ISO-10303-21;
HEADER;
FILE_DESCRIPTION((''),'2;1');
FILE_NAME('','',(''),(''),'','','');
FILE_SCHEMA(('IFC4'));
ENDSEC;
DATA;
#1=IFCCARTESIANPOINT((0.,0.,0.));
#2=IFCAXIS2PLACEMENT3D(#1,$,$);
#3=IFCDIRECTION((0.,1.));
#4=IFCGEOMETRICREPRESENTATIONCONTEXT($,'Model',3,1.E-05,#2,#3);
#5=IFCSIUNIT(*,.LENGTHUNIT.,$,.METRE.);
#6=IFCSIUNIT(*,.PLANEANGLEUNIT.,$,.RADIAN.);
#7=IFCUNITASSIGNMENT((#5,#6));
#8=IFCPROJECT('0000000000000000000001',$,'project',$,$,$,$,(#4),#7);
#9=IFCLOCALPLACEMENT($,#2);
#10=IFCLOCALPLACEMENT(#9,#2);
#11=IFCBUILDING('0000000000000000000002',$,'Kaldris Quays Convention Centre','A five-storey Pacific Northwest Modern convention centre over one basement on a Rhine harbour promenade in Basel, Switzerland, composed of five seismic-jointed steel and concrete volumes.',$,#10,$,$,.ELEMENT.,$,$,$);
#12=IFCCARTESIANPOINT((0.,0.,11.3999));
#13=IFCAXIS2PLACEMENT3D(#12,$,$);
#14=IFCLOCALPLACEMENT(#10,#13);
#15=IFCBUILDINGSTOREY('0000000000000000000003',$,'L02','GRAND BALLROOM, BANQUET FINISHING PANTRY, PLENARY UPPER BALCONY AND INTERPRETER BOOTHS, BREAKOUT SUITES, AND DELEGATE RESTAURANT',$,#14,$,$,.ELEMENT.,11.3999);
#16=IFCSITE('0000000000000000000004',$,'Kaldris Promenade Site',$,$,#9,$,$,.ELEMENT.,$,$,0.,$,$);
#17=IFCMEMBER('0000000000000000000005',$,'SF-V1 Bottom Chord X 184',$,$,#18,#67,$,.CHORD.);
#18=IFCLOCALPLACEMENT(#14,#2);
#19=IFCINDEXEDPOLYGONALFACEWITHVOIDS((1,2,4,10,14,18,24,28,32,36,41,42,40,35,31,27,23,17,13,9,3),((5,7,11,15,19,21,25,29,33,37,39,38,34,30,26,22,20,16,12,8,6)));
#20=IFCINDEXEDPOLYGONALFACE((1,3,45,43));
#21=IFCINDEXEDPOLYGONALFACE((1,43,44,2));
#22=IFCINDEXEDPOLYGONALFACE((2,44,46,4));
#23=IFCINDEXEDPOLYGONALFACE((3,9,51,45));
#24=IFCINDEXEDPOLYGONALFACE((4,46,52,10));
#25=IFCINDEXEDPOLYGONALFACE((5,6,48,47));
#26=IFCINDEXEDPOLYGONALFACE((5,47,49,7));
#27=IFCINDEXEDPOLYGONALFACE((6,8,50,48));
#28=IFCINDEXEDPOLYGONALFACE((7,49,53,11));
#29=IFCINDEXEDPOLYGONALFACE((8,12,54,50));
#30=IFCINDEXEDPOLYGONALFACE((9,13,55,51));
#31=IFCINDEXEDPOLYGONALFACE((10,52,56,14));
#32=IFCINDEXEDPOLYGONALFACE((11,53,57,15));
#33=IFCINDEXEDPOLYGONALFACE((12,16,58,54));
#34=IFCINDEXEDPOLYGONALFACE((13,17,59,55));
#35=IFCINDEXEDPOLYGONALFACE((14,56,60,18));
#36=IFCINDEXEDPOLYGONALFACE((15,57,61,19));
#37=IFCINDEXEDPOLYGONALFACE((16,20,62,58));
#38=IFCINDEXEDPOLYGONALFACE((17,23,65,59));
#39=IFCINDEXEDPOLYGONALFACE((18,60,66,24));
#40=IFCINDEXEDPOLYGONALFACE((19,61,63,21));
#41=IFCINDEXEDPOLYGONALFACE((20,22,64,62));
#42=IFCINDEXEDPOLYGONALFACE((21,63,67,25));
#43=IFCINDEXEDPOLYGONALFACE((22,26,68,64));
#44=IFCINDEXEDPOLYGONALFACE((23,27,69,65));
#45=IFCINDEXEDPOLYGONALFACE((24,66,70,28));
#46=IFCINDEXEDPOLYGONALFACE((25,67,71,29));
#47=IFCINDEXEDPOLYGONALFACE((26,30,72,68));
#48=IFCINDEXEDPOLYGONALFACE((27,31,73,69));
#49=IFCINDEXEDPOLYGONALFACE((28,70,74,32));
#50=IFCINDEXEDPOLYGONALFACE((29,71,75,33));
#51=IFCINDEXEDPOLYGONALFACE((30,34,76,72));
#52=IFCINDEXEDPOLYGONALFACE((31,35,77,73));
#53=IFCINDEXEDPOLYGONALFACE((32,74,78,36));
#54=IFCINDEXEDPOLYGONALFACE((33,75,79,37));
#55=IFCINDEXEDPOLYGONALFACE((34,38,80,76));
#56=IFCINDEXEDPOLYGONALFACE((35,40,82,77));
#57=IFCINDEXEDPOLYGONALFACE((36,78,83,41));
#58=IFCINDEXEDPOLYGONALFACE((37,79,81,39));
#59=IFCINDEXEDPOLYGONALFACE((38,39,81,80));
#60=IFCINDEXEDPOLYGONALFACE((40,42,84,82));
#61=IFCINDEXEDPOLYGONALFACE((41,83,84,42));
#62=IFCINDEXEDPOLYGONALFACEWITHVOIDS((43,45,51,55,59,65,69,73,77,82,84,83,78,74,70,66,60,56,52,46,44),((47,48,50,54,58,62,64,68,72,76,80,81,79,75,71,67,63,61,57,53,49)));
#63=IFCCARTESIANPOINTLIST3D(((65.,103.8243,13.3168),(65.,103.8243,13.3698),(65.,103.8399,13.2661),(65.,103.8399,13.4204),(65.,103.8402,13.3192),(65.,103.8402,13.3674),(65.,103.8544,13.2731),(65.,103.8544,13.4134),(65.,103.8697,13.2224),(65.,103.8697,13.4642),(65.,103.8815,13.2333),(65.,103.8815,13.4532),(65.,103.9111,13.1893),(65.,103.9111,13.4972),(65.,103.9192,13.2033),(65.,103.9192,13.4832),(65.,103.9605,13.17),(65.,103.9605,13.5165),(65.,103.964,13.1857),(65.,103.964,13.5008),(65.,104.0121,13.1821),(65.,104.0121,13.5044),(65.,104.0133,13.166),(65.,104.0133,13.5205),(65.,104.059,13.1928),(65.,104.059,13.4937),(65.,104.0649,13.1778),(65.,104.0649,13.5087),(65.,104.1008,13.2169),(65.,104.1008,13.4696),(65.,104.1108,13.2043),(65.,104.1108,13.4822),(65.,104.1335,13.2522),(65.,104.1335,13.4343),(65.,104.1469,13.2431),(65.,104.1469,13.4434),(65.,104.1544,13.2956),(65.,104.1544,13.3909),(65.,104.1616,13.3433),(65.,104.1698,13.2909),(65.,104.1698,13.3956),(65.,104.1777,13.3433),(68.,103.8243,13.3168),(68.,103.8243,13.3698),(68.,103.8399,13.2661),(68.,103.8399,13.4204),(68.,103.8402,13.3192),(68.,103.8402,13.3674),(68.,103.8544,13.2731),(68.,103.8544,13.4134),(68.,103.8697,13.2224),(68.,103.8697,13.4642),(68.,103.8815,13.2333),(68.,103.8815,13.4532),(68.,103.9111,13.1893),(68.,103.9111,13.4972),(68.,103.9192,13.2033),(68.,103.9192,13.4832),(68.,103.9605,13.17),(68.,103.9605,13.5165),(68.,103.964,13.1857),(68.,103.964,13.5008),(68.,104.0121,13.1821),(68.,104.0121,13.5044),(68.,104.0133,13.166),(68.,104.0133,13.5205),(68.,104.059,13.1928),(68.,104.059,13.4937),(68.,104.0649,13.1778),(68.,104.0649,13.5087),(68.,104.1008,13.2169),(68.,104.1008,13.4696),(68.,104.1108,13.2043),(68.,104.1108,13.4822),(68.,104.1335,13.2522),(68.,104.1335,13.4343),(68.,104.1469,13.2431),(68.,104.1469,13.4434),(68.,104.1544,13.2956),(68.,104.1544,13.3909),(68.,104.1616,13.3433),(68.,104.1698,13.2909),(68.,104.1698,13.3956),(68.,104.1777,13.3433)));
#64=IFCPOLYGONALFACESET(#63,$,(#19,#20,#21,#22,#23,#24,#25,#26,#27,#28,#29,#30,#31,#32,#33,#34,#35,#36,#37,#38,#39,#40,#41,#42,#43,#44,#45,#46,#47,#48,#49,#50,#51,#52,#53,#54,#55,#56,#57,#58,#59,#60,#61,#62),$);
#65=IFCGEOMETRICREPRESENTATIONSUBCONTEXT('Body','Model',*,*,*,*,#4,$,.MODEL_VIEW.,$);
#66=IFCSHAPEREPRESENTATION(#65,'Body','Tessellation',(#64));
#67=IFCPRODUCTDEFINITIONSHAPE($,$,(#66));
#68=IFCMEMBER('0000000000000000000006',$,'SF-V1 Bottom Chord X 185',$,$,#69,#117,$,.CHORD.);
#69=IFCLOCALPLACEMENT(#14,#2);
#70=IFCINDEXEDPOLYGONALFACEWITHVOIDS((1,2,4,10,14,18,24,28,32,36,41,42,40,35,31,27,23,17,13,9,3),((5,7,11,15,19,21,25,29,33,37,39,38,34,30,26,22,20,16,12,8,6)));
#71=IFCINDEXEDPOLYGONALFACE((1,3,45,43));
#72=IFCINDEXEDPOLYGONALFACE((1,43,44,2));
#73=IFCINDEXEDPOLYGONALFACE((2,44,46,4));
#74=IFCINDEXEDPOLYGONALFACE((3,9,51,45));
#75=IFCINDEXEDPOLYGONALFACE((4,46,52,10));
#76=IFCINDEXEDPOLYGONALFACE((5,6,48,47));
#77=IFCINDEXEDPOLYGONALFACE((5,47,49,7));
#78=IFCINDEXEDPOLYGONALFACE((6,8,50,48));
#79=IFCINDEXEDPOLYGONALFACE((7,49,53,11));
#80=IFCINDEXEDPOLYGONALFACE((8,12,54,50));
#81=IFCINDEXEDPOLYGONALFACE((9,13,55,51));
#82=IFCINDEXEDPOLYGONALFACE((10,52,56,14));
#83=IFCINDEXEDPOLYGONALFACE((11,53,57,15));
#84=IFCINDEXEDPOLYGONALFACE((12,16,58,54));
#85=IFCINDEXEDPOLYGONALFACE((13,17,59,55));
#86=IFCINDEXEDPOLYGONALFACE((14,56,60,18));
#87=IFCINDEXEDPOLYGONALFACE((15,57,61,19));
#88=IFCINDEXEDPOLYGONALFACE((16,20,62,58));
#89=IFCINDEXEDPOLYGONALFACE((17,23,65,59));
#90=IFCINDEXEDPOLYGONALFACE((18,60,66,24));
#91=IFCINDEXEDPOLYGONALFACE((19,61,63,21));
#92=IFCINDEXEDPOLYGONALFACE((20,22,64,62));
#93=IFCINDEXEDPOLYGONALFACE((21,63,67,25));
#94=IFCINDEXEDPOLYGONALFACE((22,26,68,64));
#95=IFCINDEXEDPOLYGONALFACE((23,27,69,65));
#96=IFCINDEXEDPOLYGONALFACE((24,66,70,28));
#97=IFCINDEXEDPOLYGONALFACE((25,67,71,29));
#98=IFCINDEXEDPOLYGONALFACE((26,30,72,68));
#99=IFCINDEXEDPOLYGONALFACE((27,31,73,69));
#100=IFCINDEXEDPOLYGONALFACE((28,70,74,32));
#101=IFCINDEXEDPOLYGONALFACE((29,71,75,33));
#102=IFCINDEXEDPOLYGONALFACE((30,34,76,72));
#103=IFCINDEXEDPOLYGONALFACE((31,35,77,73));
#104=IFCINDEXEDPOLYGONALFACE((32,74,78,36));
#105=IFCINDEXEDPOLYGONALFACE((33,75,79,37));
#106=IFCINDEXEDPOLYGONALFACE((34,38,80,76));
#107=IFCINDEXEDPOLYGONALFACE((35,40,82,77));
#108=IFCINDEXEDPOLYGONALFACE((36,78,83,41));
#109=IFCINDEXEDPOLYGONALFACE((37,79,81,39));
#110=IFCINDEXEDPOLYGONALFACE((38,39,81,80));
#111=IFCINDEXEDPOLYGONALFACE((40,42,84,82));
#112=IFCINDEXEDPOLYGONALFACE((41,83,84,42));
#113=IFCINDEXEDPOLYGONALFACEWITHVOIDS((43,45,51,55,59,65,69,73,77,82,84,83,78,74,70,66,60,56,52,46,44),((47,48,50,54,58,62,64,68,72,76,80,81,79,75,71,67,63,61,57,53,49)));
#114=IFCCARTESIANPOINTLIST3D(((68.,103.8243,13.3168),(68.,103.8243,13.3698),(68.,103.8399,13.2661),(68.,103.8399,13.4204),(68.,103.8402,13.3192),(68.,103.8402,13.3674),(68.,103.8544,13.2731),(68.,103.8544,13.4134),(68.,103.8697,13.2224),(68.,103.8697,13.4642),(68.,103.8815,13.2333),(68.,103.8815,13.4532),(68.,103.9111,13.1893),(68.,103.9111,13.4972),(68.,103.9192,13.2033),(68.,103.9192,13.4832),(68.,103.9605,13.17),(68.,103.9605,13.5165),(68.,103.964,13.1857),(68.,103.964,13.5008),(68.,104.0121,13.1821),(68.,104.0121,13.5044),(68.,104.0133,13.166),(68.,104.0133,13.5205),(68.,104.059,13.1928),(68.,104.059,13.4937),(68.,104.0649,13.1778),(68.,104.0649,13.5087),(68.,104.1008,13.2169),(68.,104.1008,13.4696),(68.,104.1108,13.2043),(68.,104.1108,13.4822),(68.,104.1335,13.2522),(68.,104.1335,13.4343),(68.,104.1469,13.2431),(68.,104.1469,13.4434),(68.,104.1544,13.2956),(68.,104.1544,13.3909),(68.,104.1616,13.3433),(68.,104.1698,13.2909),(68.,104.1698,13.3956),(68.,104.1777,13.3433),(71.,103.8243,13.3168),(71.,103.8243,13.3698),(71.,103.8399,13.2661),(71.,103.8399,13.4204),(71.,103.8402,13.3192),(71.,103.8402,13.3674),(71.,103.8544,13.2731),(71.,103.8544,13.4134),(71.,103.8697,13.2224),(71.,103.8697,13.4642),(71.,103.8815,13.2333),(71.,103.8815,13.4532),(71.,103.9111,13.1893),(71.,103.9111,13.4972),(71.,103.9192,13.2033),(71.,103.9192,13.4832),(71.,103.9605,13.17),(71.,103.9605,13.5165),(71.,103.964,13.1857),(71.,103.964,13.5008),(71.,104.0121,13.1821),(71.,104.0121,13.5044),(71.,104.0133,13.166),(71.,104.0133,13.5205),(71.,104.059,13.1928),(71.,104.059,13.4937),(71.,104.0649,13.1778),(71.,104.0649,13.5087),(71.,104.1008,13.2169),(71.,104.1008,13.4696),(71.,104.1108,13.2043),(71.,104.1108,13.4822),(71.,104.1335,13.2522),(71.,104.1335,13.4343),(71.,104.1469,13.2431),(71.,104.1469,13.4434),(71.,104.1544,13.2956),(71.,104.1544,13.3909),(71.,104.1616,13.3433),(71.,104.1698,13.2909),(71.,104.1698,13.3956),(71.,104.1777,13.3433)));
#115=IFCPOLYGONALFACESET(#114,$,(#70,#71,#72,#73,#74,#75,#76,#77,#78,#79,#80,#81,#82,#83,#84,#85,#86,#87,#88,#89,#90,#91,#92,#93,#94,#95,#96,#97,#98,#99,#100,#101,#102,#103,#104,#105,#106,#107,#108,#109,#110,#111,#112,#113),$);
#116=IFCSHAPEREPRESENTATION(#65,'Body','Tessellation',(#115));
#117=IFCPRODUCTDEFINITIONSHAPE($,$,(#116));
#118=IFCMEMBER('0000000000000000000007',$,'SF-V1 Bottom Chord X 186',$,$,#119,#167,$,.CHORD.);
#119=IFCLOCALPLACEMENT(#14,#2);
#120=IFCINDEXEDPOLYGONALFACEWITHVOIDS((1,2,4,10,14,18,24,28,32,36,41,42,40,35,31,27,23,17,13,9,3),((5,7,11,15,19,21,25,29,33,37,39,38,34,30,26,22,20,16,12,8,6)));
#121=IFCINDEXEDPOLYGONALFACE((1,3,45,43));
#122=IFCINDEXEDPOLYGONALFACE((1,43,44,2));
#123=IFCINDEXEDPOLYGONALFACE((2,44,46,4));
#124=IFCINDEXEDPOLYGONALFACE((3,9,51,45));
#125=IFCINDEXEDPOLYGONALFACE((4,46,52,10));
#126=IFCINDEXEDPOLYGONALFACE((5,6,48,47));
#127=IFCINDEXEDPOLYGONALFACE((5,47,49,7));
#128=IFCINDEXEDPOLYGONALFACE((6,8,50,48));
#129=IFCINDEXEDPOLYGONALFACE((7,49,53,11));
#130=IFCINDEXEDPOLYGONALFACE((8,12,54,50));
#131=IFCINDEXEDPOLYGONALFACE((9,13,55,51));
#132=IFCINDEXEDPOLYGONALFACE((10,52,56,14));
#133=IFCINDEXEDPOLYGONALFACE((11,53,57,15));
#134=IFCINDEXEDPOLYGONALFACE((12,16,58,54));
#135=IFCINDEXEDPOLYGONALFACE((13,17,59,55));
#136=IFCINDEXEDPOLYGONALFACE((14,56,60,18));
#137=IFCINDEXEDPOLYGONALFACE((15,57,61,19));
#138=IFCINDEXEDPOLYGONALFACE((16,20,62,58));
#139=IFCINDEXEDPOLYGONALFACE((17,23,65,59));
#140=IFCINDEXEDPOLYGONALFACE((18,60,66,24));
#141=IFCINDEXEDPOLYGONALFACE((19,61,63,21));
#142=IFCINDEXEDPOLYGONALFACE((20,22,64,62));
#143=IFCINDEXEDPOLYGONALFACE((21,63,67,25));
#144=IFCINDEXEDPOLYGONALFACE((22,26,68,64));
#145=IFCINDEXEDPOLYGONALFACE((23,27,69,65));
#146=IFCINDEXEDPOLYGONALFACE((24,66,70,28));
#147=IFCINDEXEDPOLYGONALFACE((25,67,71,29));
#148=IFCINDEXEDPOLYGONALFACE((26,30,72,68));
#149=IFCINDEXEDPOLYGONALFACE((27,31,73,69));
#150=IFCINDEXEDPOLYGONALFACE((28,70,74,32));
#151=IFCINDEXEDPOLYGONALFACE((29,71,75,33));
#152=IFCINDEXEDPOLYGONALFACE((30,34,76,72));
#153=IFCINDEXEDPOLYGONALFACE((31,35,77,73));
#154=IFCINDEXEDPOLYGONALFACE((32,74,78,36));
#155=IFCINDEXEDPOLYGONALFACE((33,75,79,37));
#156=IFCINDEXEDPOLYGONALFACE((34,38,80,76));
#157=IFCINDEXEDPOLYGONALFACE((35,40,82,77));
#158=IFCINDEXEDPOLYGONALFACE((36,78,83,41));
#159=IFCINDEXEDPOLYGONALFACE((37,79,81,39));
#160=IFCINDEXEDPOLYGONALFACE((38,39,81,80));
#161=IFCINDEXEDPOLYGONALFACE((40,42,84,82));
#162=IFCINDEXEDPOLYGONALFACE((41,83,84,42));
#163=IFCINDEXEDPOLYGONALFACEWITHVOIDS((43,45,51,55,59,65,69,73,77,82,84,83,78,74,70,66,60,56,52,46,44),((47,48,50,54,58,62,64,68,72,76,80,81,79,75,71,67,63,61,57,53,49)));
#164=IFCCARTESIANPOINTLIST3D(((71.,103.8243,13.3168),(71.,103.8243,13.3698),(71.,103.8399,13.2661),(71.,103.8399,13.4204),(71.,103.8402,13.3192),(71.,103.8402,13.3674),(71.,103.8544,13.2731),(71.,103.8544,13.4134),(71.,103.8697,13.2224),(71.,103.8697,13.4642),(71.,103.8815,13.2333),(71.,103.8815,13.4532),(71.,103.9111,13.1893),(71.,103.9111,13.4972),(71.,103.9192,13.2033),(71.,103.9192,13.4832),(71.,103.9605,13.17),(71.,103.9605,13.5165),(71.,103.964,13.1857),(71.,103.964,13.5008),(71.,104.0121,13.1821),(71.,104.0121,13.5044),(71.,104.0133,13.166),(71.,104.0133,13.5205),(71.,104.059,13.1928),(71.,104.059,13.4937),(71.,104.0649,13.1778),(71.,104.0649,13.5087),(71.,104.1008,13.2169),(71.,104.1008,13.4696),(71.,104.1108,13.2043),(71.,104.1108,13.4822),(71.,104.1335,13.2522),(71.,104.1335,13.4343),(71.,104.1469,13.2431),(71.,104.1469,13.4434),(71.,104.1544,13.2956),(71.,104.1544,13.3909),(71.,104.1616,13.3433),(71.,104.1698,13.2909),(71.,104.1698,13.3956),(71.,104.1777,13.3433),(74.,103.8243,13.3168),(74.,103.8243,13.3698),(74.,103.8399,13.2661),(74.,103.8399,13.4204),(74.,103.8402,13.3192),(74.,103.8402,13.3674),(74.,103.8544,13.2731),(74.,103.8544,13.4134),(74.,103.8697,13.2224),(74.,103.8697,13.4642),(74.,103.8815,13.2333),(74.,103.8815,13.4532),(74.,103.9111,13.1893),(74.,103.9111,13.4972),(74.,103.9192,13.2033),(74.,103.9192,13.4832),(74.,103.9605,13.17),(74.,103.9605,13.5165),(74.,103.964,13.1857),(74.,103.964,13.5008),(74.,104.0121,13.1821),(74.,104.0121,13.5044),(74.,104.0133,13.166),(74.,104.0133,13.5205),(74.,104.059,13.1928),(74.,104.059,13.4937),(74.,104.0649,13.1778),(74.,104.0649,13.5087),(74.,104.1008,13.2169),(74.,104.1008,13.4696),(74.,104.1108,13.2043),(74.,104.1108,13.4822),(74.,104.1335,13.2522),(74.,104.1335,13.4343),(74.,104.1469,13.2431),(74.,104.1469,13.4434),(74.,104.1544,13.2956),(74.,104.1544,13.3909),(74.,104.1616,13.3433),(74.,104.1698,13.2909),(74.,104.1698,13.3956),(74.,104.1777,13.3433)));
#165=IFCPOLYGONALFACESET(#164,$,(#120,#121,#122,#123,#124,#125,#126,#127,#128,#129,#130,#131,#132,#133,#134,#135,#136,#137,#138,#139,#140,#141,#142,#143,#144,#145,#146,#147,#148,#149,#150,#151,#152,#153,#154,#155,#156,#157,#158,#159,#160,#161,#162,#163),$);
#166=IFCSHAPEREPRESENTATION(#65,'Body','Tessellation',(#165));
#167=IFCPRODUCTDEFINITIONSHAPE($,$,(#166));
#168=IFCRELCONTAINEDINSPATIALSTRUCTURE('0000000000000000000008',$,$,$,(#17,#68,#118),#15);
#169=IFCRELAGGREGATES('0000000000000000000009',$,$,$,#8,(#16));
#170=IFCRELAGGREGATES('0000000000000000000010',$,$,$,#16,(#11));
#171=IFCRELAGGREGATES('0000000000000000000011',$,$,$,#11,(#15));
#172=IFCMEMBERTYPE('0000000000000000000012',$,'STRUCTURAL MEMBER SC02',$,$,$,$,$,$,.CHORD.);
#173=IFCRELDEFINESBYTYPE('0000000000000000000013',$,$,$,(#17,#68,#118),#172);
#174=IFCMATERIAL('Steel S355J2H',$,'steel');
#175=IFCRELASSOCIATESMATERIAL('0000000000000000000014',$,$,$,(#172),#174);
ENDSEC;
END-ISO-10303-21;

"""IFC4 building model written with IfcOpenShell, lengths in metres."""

from ifc_helpers import new_model, si_unit, direction, frame, origin, origin_2d, place, context, subcontext, project, spatial, hollow_circle, extrude, material, material_profile, profile_set, type_object, element, save


model = new_model("IFC4")

# Units and contexts
model_context = context("Model", 3, precision=1e-05, world=origin(), true_north=direction((0.0, 1.0)))
body_context = subcontext(model_context, "Body", "Model", "MODEL_VIEW")
ifc_project = project(units=[si_unit("LENGTHUNIT", "METRE"), si_unit("PLANEANGLEUNIT", "RADIAN")], contexts=[model_context])

# Site, building, storey
site_placement = place(None, origin())
site = spatial("IfcSite", under=ifc_project, at=site_placement, Name="Kaldris Promenade Site", CompositionType="ELEMENT", RefElevation=0.0)
building_placement = place(site_placement, origin())
building = spatial("IfcBuilding", under=site, at=building_placement, Name="Kaldris Quays Convention Centre", Description="A five-storey Pacific Northwest Modern convention centre over one basement on a Rhine harbour promenade in Basel, Switzerland, composed of five seismic-jointed steel and concrete volumes.", CompositionType="ELEMENT")
storey_placement = place(building_placement, frame((0.0, 0.0, 11.3999)))
storey = spatial("IfcBuildingStorey", under=building, at=storey_placement, Name="L02", Description="GRAND BALLROOM, BANQUET FINISHING PANTRY, PLENARY UPPER BALCONY AND INTERPRETER BOOTHS, BREAKOUT SUITES, AND DELEGATE RESTAURANT", CompositionType="ELEMENT", Elevation=11.3999)

# Members
ifc_material_1 = material(Name="Steel S355J2H", Category="steel")
ifc_material_profile_1 = material_profile(ifc_material_1, hollow_circle(Radius=0.1777, WallThickness=0.0161, at=origin_2d()), Name="CHS 355.6x16")
ifc_profile_set_1 = profile_set([ifc_material_profile_1], Name="Steel S355J2H")
member_type_1 = type_object("IfcMemberType", Name="STRUCTURAL MEMBER SC02", PredefinedType="CHORD", material=ifc_profile_set_1)
for number, where, z_axis, x_axis, name in (
    (1, (65.0, 104.0, 13.3433), (1.0, 0.0, 0.0), (0.0, 1.0, 0.0), "SF-V1 Bottom Chord X 184"),
    (2, (68.0, 104.0, 13.3433), (1.0, 0.0, 0.0), (0.0, 1.0, 0.0), "SF-V1 Bottom Chord X 185"),
    (3, (71.0, 104.0, 13.3433), (1.0, 0.0, 0.0), (0.0, 1.0, 0.0), "SF-V1 Bottom Chord X 186"),
):
    element("IfcMember", number, at=place(storey_placement, frame(where, z_axis=z_axis, x_axis=x_axis)), inside=storey, type_object=member_type_1, Name=name, PredefinedType="CHORD", context=body_context, shape_type="SweptSolid", body=[
        extrude(hollow_circle(Radius=0.1777, WallThickness=0.0161, at=origin_2d()), origin(), (0.0, 0.0, 1.0), 3.0),
    ])

save(model, "model.ifc")
